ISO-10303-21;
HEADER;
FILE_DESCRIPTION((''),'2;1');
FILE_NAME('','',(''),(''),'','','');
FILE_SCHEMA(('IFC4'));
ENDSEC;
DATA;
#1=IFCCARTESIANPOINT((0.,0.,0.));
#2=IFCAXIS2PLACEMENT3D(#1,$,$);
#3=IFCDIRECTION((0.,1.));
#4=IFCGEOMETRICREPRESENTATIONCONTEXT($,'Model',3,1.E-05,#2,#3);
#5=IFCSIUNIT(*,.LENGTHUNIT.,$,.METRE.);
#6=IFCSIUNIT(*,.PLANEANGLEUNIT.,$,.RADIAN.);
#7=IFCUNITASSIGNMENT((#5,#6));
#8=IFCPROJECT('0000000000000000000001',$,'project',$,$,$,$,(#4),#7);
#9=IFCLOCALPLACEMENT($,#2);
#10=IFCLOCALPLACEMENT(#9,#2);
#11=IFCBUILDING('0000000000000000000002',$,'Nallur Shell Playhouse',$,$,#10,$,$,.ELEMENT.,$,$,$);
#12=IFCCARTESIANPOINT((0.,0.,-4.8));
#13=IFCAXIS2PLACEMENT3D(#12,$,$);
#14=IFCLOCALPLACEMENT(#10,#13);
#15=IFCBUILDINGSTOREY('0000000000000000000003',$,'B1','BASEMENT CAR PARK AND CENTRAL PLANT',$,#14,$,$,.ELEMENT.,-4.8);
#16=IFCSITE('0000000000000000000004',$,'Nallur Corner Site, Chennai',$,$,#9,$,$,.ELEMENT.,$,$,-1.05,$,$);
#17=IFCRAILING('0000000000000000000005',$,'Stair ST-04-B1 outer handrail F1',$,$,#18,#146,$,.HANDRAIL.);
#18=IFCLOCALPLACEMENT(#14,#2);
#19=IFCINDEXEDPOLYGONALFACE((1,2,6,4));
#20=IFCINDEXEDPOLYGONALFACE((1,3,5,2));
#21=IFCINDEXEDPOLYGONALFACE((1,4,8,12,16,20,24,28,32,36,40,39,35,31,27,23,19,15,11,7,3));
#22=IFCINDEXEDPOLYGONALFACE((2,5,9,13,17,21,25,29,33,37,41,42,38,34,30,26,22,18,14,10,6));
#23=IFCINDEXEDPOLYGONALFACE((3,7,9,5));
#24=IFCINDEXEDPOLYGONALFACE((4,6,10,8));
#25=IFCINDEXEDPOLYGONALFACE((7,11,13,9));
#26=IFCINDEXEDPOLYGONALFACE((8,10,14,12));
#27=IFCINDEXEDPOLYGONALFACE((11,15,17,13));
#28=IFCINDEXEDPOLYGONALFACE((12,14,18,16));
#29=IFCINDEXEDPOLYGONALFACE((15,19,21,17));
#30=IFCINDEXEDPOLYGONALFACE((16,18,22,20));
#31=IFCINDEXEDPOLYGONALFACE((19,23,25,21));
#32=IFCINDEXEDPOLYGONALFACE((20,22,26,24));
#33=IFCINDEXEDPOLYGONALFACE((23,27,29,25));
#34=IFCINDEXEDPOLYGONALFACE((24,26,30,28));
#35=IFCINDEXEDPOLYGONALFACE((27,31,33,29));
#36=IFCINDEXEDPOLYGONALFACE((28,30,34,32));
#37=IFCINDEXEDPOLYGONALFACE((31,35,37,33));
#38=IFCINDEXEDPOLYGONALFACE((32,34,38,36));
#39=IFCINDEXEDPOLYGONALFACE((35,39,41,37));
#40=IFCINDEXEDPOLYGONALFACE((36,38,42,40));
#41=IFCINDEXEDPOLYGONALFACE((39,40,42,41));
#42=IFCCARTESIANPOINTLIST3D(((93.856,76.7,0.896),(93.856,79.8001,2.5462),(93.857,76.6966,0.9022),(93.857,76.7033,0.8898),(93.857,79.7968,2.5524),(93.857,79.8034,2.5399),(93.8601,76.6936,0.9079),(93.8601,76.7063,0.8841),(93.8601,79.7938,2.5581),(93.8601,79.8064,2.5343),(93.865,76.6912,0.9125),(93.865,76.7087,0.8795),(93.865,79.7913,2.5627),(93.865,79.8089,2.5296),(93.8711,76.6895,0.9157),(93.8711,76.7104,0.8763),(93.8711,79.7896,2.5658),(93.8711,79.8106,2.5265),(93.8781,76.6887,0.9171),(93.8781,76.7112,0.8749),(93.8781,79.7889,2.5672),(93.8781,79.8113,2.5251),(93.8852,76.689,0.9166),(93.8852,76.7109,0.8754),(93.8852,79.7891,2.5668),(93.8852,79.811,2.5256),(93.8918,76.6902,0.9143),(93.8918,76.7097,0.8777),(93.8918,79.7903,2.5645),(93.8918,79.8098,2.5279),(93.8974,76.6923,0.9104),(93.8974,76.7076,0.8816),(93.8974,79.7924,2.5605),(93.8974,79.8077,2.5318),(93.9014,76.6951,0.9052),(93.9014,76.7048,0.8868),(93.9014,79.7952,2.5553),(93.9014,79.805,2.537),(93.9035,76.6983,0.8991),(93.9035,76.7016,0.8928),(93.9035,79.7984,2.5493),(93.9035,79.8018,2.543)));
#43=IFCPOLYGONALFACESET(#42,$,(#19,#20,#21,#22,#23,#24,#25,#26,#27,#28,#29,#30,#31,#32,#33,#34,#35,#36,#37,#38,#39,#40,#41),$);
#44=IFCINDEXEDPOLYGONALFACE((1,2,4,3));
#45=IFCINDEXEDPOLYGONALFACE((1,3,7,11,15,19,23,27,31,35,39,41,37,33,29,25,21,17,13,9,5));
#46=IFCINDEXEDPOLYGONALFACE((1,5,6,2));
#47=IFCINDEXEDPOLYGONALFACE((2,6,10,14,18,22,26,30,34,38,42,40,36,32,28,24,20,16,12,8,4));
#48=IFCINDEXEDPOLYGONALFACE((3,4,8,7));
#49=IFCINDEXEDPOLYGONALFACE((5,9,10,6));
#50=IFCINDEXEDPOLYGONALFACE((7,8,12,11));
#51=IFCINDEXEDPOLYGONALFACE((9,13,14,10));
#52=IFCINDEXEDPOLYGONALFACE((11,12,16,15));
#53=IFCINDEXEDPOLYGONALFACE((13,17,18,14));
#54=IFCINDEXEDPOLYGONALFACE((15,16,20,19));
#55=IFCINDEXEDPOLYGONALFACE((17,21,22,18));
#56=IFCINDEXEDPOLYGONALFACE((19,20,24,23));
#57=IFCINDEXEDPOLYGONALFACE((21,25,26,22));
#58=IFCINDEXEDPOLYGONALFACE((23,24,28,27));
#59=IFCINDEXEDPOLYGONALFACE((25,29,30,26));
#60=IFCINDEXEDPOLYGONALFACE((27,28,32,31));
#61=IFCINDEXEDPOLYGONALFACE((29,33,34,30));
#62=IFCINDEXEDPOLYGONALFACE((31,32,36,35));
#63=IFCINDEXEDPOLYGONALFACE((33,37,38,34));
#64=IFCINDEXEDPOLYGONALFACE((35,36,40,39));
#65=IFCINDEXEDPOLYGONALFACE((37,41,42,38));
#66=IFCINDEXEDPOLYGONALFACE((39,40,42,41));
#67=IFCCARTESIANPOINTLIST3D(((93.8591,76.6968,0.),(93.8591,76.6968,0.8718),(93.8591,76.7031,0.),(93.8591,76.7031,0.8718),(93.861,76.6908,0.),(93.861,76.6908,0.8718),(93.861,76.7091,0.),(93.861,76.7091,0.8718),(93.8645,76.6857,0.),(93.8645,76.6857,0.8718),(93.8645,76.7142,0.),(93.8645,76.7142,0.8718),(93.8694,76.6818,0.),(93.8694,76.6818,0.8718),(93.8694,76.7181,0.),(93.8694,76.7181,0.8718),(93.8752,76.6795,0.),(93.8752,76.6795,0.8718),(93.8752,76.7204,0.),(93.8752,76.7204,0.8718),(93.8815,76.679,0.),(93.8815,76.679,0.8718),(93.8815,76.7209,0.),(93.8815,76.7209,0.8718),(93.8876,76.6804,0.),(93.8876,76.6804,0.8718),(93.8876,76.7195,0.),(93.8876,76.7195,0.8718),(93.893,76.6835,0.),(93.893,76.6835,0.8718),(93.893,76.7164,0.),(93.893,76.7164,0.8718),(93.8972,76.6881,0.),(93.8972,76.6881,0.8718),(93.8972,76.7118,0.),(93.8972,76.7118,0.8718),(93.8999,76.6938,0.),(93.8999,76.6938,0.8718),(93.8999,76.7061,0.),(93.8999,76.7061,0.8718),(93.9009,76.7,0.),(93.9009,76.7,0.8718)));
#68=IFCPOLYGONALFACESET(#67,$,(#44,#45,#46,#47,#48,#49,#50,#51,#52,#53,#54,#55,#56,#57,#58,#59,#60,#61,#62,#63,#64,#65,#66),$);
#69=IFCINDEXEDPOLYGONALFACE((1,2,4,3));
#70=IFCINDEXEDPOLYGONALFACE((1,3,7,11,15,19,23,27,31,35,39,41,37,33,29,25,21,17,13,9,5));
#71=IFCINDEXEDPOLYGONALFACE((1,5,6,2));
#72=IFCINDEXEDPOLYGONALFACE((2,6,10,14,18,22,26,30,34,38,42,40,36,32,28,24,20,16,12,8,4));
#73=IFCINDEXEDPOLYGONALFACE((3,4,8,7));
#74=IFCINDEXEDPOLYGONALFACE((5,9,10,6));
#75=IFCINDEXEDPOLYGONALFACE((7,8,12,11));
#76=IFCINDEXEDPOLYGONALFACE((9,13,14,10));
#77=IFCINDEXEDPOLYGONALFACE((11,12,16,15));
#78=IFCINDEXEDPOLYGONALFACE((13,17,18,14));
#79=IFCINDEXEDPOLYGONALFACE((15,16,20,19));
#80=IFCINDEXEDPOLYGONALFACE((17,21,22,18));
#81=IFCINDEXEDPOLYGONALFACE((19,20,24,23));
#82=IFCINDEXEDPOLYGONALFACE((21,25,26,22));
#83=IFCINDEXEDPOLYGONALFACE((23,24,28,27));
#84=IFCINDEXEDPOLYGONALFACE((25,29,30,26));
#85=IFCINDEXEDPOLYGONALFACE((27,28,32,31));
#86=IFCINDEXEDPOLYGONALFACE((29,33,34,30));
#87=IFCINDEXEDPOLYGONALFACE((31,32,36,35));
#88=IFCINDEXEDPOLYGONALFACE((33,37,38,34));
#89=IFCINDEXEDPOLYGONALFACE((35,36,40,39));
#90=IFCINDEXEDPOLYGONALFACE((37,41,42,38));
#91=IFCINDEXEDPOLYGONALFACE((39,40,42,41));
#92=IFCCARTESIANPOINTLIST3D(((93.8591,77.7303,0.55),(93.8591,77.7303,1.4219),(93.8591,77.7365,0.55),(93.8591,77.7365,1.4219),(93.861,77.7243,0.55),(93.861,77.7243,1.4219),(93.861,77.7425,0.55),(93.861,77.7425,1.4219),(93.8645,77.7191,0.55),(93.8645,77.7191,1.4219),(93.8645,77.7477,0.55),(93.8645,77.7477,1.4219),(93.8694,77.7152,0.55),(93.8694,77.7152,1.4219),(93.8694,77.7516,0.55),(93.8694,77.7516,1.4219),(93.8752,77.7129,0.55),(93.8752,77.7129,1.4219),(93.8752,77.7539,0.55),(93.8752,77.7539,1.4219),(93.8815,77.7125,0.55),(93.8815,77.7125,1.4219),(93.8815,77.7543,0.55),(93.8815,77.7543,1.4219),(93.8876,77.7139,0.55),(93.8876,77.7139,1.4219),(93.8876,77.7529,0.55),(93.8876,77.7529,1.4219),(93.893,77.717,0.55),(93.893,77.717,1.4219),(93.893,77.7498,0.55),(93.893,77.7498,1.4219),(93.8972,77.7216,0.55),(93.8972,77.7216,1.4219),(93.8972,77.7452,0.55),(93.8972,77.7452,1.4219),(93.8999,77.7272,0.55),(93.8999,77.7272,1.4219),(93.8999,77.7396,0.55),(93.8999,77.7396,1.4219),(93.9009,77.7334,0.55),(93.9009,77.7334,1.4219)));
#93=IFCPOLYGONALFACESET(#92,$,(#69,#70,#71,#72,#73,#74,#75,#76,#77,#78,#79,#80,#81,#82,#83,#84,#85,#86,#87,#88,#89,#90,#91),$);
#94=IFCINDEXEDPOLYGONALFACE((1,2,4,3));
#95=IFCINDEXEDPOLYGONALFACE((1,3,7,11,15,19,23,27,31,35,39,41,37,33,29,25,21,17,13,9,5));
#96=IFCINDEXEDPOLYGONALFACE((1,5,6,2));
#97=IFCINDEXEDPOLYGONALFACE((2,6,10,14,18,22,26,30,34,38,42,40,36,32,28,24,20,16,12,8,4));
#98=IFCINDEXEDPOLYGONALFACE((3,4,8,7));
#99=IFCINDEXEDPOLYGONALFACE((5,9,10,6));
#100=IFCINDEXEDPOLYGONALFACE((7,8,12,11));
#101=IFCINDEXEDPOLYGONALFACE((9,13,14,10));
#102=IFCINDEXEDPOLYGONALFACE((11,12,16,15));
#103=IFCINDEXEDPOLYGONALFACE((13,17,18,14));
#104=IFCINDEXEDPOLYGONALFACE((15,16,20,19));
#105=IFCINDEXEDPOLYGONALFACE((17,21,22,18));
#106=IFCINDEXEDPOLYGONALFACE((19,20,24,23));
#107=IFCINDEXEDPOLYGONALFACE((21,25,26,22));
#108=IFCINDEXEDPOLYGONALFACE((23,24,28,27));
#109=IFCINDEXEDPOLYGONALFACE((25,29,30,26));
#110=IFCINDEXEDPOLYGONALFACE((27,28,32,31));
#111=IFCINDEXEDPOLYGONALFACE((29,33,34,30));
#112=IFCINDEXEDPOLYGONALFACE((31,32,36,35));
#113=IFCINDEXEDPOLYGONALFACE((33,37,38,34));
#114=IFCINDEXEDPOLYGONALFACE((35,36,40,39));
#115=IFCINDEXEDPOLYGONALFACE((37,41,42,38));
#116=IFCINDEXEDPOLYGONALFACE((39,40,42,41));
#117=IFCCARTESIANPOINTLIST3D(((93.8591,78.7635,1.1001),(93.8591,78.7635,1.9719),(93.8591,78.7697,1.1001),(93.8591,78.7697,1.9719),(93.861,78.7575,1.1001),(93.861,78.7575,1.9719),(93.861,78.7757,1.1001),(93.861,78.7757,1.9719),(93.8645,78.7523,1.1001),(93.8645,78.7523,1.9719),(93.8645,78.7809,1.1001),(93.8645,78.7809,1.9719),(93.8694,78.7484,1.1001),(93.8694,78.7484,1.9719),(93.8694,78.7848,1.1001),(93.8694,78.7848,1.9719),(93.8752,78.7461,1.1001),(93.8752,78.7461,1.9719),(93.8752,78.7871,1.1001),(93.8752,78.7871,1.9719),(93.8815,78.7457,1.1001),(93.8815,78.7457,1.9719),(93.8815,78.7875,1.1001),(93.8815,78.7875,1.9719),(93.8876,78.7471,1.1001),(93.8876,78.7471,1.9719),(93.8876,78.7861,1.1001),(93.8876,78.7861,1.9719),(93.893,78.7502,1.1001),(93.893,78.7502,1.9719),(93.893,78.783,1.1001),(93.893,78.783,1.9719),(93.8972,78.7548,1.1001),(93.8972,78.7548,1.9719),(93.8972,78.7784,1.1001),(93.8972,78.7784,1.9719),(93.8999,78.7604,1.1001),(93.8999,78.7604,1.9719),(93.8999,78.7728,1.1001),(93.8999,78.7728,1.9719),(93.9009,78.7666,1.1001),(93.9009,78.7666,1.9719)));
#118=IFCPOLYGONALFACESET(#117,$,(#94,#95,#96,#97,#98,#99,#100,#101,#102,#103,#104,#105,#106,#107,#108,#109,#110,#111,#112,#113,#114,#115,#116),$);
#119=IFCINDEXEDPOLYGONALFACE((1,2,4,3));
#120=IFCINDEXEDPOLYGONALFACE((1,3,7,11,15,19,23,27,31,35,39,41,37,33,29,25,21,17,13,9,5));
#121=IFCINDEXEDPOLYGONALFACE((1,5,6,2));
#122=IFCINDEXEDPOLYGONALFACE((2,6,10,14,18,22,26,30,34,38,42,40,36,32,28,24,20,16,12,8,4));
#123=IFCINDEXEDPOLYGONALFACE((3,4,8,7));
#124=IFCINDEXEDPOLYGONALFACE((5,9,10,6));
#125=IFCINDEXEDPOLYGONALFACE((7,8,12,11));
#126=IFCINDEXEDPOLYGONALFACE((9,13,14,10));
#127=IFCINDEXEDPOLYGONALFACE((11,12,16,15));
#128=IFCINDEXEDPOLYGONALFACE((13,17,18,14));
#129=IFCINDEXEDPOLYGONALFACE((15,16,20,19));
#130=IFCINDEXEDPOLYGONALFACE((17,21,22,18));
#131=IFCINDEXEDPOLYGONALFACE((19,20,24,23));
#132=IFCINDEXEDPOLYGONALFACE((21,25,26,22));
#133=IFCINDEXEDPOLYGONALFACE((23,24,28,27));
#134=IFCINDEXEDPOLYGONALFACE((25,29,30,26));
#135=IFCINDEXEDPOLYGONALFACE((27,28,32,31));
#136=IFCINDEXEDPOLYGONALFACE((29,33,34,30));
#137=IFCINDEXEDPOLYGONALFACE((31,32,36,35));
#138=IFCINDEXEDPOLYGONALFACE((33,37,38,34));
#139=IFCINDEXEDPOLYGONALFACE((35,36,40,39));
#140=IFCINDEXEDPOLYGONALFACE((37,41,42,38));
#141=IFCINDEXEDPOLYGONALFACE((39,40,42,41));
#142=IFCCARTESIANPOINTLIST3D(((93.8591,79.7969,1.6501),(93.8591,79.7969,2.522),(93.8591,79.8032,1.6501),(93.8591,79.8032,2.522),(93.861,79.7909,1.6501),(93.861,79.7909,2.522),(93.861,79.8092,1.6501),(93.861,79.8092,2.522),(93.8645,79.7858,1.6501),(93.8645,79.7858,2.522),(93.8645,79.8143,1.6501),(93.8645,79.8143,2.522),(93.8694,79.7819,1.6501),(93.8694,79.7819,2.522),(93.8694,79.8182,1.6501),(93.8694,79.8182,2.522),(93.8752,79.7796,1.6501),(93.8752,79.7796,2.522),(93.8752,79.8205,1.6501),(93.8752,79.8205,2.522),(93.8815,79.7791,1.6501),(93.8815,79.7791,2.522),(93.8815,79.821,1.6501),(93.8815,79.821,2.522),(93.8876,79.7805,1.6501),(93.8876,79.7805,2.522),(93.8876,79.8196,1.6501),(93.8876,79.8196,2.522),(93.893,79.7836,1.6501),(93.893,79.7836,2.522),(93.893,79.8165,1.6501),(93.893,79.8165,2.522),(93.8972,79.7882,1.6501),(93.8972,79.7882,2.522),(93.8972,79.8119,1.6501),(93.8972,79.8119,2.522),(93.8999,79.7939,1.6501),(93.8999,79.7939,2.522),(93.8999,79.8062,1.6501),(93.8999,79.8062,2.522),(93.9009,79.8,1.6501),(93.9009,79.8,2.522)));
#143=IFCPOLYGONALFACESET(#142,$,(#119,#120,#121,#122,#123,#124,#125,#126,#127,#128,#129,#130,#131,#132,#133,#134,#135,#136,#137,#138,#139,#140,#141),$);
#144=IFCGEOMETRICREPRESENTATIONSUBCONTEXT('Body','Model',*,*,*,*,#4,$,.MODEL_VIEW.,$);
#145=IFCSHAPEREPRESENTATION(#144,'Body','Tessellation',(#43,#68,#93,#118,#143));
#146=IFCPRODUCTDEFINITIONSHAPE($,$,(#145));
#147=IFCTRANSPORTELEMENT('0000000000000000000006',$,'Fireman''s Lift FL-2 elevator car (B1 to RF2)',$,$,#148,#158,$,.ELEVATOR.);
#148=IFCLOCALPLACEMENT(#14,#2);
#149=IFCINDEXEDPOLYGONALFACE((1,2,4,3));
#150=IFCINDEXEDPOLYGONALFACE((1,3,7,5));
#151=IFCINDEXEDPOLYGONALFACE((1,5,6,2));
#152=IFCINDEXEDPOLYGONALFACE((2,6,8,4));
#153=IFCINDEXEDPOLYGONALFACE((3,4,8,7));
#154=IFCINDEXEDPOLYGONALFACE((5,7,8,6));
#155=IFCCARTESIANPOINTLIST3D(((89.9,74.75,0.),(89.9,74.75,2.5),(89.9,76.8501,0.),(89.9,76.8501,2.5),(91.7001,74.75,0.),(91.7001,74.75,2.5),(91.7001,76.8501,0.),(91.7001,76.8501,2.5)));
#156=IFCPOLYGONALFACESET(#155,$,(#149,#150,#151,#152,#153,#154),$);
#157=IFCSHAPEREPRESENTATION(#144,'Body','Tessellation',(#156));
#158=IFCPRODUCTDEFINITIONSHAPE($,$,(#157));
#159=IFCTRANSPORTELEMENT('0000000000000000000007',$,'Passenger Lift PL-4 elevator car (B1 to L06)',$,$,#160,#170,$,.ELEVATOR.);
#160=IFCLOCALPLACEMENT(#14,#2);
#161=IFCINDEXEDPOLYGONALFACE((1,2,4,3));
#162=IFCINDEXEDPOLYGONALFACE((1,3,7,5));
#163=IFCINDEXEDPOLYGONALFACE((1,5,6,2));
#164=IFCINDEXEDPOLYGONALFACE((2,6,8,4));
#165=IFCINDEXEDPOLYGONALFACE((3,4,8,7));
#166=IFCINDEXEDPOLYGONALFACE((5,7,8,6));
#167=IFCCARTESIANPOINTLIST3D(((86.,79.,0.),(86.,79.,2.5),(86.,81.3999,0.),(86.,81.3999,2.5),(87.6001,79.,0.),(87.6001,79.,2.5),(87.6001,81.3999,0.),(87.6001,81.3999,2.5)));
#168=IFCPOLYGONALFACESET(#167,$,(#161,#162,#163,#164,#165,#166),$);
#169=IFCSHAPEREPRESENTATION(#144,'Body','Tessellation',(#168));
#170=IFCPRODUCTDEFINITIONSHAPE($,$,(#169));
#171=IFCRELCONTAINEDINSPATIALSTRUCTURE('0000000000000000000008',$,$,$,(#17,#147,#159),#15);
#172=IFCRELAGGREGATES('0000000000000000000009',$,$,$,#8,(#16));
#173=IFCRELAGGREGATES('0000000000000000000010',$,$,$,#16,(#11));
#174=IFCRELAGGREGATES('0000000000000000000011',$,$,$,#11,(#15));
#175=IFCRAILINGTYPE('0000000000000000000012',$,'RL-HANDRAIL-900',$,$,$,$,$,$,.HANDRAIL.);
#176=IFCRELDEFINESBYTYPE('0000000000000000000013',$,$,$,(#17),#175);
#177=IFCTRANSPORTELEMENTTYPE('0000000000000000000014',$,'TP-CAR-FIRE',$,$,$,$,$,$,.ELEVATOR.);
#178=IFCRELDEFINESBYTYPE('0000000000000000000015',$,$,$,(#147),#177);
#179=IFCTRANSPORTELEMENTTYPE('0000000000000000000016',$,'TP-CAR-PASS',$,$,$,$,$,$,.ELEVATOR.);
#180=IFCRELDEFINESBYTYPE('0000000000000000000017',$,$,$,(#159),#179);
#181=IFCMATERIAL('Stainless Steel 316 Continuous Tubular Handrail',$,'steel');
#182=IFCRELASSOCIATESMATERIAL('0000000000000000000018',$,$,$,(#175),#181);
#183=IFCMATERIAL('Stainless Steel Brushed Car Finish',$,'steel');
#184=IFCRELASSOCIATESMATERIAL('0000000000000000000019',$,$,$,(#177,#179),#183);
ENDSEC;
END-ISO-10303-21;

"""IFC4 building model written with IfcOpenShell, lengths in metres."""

from ifc_helpers import new_model, si_unit, direction, frame, origin, origin_2d, place, context, subcontext, project, spatial, rectangle, circle, extrude, material, type_object, element, save


model = new_model("IFC4")

# Units and contexts
model_context = context("Model", 3, precision=1e-05, world=origin(), true_north=direction((0.0, 1.0)))
body_context = subcontext(model_context, "Body", "Model", "MODEL_VIEW")
ifc_project = project(units=[si_unit("LENGTHUNIT", "METRE"), si_unit("PLANEANGLEUNIT", "RADIAN")], contexts=[model_context])

# Site, building, storey
site_placement = place(None, origin())
site = spatial("IfcSite", under=ifc_project, at=site_placement, Name="Nallur Corner Site, Chennai", CompositionType="ELEMENT", RefElevation=-1.05)
building_placement = place(site_placement, origin())
building = spatial("IfcBuilding", under=site, at=building_placement, Name="Nallur Shell Playhouse", CompositionType="ELEMENT")
storey_placement = place(building_placement, frame((0.0, 0.0, -4.8)))
storey = spatial("IfcBuildingStorey", under=building, at=storey_placement, Name="B1", Description="BASEMENT CAR PARK AND CENTRAL PLANT", CompositionType="ELEMENT", Elevation=-4.8)

# Railing
ifc_material_1 = material(Name="Stainless Steel 316 Continuous Tubular Handrail", Category="steel")
railing_type_1 = type_object("IfcRailingType", Name="RL-HANDRAIL-900", PredefinedType="HANDRAIL", material=ifc_material_1)
railing_1_placement = place(storey_placement, frame((93.8799, 76.7, 0.0)))
element("IfcRailing", 1, at=railing_1_placement, inside=storey, type_object=railing_type_1, Name="Stair ST-04-B1 outer handrail F1", PredefinedType="HANDRAIL", context=body_context, shape_type="SweptSolid", body=[
    extrude(circle(Radius=0.0239, at=origin_2d()), frame((0.0, 0.0, 0.896), z_axis=(0.0, 0.882736, 0.46987), x_axis=(-1.0, 0.0, 0.0)), (0.0, 0.0, 1.0), 3.512),
    extrude(circle(Radius=0.021, at=origin_2d()), origin(), (0.0, 0.0, 1.0), 0.8718),
    extrude(circle(Radius=0.021, at=origin_2d()), frame((0.0, 1.0334, 0.55)), (0.0, 0.0, 1.0), 0.8718),
    extrude(circle(Radius=0.021, at=origin_2d()), frame((0.0, 2.0667, 1.1001)), (0.0, 0.0, 1.0), 0.8718),
    extrude(circle(Radius=0.021, at=origin_2d()), frame((0.0, 3.1001, 1.6501)), (0.0, 0.0, 1.0), 0.8718),
])

# Transport elements
ifc_material_2 = material(Name="Stainless Steel Brushed Car Finish", Category="steel")
transport_element_type_1 = type_object("IfcTransportElementType", Name="TP-CAR-FIRE", PredefinedType="ELEVATOR", material=ifc_material_2)
transport_element_1_placement = place(storey_placement, frame((90.8, 75.8, 0.0), z_axis=(0.0, 0.0, 1.0), x_axis=(1.0, 0.0, 0.0)))
element("IfcTransportElement", 2, at=transport_element_1_placement, inside=storey, type_object=transport_element_type_1, Name="Fireman's Lift FL-2 elevator car (B1 to RF2)", PredefinedType="ELEVATOR", context=body_context, shape_type="SweptSolid", body=[
    extrude(rectangle(XDim=1.8, YDim=2.1001, at=origin_2d()), origin(), (0.0, 0.0, 1.0), 2.5),
])
transport_element_type_2 = type_object("IfcTransportElementType", Name="TP-CAR-PASS", PredefinedType="ELEVATOR", material=ifc_material_2)
transport_element_2_placement = place(storey_placement, frame((86.8, 80.2, 0.0), z_axis=(0.0, 0.0, 1.0), x_axis=(1.0, 0.0, 0.0)))
element("IfcTransportElement", 3, at=transport_element_2_placement, inside=storey, type_object=transport_element_type_2, Name="Passenger Lift PL-4 elevator car (B1 to L06)", PredefinedType="ELEVATOR", context=body_context, shape_type="SweptSolid", body=[
    extrude(rectangle(XDim=1.6001, YDim=2.3999, at=origin_2d()), origin(), (0.0, 0.0, 1.0), 2.5),
])

save(model, "model.ifc")
